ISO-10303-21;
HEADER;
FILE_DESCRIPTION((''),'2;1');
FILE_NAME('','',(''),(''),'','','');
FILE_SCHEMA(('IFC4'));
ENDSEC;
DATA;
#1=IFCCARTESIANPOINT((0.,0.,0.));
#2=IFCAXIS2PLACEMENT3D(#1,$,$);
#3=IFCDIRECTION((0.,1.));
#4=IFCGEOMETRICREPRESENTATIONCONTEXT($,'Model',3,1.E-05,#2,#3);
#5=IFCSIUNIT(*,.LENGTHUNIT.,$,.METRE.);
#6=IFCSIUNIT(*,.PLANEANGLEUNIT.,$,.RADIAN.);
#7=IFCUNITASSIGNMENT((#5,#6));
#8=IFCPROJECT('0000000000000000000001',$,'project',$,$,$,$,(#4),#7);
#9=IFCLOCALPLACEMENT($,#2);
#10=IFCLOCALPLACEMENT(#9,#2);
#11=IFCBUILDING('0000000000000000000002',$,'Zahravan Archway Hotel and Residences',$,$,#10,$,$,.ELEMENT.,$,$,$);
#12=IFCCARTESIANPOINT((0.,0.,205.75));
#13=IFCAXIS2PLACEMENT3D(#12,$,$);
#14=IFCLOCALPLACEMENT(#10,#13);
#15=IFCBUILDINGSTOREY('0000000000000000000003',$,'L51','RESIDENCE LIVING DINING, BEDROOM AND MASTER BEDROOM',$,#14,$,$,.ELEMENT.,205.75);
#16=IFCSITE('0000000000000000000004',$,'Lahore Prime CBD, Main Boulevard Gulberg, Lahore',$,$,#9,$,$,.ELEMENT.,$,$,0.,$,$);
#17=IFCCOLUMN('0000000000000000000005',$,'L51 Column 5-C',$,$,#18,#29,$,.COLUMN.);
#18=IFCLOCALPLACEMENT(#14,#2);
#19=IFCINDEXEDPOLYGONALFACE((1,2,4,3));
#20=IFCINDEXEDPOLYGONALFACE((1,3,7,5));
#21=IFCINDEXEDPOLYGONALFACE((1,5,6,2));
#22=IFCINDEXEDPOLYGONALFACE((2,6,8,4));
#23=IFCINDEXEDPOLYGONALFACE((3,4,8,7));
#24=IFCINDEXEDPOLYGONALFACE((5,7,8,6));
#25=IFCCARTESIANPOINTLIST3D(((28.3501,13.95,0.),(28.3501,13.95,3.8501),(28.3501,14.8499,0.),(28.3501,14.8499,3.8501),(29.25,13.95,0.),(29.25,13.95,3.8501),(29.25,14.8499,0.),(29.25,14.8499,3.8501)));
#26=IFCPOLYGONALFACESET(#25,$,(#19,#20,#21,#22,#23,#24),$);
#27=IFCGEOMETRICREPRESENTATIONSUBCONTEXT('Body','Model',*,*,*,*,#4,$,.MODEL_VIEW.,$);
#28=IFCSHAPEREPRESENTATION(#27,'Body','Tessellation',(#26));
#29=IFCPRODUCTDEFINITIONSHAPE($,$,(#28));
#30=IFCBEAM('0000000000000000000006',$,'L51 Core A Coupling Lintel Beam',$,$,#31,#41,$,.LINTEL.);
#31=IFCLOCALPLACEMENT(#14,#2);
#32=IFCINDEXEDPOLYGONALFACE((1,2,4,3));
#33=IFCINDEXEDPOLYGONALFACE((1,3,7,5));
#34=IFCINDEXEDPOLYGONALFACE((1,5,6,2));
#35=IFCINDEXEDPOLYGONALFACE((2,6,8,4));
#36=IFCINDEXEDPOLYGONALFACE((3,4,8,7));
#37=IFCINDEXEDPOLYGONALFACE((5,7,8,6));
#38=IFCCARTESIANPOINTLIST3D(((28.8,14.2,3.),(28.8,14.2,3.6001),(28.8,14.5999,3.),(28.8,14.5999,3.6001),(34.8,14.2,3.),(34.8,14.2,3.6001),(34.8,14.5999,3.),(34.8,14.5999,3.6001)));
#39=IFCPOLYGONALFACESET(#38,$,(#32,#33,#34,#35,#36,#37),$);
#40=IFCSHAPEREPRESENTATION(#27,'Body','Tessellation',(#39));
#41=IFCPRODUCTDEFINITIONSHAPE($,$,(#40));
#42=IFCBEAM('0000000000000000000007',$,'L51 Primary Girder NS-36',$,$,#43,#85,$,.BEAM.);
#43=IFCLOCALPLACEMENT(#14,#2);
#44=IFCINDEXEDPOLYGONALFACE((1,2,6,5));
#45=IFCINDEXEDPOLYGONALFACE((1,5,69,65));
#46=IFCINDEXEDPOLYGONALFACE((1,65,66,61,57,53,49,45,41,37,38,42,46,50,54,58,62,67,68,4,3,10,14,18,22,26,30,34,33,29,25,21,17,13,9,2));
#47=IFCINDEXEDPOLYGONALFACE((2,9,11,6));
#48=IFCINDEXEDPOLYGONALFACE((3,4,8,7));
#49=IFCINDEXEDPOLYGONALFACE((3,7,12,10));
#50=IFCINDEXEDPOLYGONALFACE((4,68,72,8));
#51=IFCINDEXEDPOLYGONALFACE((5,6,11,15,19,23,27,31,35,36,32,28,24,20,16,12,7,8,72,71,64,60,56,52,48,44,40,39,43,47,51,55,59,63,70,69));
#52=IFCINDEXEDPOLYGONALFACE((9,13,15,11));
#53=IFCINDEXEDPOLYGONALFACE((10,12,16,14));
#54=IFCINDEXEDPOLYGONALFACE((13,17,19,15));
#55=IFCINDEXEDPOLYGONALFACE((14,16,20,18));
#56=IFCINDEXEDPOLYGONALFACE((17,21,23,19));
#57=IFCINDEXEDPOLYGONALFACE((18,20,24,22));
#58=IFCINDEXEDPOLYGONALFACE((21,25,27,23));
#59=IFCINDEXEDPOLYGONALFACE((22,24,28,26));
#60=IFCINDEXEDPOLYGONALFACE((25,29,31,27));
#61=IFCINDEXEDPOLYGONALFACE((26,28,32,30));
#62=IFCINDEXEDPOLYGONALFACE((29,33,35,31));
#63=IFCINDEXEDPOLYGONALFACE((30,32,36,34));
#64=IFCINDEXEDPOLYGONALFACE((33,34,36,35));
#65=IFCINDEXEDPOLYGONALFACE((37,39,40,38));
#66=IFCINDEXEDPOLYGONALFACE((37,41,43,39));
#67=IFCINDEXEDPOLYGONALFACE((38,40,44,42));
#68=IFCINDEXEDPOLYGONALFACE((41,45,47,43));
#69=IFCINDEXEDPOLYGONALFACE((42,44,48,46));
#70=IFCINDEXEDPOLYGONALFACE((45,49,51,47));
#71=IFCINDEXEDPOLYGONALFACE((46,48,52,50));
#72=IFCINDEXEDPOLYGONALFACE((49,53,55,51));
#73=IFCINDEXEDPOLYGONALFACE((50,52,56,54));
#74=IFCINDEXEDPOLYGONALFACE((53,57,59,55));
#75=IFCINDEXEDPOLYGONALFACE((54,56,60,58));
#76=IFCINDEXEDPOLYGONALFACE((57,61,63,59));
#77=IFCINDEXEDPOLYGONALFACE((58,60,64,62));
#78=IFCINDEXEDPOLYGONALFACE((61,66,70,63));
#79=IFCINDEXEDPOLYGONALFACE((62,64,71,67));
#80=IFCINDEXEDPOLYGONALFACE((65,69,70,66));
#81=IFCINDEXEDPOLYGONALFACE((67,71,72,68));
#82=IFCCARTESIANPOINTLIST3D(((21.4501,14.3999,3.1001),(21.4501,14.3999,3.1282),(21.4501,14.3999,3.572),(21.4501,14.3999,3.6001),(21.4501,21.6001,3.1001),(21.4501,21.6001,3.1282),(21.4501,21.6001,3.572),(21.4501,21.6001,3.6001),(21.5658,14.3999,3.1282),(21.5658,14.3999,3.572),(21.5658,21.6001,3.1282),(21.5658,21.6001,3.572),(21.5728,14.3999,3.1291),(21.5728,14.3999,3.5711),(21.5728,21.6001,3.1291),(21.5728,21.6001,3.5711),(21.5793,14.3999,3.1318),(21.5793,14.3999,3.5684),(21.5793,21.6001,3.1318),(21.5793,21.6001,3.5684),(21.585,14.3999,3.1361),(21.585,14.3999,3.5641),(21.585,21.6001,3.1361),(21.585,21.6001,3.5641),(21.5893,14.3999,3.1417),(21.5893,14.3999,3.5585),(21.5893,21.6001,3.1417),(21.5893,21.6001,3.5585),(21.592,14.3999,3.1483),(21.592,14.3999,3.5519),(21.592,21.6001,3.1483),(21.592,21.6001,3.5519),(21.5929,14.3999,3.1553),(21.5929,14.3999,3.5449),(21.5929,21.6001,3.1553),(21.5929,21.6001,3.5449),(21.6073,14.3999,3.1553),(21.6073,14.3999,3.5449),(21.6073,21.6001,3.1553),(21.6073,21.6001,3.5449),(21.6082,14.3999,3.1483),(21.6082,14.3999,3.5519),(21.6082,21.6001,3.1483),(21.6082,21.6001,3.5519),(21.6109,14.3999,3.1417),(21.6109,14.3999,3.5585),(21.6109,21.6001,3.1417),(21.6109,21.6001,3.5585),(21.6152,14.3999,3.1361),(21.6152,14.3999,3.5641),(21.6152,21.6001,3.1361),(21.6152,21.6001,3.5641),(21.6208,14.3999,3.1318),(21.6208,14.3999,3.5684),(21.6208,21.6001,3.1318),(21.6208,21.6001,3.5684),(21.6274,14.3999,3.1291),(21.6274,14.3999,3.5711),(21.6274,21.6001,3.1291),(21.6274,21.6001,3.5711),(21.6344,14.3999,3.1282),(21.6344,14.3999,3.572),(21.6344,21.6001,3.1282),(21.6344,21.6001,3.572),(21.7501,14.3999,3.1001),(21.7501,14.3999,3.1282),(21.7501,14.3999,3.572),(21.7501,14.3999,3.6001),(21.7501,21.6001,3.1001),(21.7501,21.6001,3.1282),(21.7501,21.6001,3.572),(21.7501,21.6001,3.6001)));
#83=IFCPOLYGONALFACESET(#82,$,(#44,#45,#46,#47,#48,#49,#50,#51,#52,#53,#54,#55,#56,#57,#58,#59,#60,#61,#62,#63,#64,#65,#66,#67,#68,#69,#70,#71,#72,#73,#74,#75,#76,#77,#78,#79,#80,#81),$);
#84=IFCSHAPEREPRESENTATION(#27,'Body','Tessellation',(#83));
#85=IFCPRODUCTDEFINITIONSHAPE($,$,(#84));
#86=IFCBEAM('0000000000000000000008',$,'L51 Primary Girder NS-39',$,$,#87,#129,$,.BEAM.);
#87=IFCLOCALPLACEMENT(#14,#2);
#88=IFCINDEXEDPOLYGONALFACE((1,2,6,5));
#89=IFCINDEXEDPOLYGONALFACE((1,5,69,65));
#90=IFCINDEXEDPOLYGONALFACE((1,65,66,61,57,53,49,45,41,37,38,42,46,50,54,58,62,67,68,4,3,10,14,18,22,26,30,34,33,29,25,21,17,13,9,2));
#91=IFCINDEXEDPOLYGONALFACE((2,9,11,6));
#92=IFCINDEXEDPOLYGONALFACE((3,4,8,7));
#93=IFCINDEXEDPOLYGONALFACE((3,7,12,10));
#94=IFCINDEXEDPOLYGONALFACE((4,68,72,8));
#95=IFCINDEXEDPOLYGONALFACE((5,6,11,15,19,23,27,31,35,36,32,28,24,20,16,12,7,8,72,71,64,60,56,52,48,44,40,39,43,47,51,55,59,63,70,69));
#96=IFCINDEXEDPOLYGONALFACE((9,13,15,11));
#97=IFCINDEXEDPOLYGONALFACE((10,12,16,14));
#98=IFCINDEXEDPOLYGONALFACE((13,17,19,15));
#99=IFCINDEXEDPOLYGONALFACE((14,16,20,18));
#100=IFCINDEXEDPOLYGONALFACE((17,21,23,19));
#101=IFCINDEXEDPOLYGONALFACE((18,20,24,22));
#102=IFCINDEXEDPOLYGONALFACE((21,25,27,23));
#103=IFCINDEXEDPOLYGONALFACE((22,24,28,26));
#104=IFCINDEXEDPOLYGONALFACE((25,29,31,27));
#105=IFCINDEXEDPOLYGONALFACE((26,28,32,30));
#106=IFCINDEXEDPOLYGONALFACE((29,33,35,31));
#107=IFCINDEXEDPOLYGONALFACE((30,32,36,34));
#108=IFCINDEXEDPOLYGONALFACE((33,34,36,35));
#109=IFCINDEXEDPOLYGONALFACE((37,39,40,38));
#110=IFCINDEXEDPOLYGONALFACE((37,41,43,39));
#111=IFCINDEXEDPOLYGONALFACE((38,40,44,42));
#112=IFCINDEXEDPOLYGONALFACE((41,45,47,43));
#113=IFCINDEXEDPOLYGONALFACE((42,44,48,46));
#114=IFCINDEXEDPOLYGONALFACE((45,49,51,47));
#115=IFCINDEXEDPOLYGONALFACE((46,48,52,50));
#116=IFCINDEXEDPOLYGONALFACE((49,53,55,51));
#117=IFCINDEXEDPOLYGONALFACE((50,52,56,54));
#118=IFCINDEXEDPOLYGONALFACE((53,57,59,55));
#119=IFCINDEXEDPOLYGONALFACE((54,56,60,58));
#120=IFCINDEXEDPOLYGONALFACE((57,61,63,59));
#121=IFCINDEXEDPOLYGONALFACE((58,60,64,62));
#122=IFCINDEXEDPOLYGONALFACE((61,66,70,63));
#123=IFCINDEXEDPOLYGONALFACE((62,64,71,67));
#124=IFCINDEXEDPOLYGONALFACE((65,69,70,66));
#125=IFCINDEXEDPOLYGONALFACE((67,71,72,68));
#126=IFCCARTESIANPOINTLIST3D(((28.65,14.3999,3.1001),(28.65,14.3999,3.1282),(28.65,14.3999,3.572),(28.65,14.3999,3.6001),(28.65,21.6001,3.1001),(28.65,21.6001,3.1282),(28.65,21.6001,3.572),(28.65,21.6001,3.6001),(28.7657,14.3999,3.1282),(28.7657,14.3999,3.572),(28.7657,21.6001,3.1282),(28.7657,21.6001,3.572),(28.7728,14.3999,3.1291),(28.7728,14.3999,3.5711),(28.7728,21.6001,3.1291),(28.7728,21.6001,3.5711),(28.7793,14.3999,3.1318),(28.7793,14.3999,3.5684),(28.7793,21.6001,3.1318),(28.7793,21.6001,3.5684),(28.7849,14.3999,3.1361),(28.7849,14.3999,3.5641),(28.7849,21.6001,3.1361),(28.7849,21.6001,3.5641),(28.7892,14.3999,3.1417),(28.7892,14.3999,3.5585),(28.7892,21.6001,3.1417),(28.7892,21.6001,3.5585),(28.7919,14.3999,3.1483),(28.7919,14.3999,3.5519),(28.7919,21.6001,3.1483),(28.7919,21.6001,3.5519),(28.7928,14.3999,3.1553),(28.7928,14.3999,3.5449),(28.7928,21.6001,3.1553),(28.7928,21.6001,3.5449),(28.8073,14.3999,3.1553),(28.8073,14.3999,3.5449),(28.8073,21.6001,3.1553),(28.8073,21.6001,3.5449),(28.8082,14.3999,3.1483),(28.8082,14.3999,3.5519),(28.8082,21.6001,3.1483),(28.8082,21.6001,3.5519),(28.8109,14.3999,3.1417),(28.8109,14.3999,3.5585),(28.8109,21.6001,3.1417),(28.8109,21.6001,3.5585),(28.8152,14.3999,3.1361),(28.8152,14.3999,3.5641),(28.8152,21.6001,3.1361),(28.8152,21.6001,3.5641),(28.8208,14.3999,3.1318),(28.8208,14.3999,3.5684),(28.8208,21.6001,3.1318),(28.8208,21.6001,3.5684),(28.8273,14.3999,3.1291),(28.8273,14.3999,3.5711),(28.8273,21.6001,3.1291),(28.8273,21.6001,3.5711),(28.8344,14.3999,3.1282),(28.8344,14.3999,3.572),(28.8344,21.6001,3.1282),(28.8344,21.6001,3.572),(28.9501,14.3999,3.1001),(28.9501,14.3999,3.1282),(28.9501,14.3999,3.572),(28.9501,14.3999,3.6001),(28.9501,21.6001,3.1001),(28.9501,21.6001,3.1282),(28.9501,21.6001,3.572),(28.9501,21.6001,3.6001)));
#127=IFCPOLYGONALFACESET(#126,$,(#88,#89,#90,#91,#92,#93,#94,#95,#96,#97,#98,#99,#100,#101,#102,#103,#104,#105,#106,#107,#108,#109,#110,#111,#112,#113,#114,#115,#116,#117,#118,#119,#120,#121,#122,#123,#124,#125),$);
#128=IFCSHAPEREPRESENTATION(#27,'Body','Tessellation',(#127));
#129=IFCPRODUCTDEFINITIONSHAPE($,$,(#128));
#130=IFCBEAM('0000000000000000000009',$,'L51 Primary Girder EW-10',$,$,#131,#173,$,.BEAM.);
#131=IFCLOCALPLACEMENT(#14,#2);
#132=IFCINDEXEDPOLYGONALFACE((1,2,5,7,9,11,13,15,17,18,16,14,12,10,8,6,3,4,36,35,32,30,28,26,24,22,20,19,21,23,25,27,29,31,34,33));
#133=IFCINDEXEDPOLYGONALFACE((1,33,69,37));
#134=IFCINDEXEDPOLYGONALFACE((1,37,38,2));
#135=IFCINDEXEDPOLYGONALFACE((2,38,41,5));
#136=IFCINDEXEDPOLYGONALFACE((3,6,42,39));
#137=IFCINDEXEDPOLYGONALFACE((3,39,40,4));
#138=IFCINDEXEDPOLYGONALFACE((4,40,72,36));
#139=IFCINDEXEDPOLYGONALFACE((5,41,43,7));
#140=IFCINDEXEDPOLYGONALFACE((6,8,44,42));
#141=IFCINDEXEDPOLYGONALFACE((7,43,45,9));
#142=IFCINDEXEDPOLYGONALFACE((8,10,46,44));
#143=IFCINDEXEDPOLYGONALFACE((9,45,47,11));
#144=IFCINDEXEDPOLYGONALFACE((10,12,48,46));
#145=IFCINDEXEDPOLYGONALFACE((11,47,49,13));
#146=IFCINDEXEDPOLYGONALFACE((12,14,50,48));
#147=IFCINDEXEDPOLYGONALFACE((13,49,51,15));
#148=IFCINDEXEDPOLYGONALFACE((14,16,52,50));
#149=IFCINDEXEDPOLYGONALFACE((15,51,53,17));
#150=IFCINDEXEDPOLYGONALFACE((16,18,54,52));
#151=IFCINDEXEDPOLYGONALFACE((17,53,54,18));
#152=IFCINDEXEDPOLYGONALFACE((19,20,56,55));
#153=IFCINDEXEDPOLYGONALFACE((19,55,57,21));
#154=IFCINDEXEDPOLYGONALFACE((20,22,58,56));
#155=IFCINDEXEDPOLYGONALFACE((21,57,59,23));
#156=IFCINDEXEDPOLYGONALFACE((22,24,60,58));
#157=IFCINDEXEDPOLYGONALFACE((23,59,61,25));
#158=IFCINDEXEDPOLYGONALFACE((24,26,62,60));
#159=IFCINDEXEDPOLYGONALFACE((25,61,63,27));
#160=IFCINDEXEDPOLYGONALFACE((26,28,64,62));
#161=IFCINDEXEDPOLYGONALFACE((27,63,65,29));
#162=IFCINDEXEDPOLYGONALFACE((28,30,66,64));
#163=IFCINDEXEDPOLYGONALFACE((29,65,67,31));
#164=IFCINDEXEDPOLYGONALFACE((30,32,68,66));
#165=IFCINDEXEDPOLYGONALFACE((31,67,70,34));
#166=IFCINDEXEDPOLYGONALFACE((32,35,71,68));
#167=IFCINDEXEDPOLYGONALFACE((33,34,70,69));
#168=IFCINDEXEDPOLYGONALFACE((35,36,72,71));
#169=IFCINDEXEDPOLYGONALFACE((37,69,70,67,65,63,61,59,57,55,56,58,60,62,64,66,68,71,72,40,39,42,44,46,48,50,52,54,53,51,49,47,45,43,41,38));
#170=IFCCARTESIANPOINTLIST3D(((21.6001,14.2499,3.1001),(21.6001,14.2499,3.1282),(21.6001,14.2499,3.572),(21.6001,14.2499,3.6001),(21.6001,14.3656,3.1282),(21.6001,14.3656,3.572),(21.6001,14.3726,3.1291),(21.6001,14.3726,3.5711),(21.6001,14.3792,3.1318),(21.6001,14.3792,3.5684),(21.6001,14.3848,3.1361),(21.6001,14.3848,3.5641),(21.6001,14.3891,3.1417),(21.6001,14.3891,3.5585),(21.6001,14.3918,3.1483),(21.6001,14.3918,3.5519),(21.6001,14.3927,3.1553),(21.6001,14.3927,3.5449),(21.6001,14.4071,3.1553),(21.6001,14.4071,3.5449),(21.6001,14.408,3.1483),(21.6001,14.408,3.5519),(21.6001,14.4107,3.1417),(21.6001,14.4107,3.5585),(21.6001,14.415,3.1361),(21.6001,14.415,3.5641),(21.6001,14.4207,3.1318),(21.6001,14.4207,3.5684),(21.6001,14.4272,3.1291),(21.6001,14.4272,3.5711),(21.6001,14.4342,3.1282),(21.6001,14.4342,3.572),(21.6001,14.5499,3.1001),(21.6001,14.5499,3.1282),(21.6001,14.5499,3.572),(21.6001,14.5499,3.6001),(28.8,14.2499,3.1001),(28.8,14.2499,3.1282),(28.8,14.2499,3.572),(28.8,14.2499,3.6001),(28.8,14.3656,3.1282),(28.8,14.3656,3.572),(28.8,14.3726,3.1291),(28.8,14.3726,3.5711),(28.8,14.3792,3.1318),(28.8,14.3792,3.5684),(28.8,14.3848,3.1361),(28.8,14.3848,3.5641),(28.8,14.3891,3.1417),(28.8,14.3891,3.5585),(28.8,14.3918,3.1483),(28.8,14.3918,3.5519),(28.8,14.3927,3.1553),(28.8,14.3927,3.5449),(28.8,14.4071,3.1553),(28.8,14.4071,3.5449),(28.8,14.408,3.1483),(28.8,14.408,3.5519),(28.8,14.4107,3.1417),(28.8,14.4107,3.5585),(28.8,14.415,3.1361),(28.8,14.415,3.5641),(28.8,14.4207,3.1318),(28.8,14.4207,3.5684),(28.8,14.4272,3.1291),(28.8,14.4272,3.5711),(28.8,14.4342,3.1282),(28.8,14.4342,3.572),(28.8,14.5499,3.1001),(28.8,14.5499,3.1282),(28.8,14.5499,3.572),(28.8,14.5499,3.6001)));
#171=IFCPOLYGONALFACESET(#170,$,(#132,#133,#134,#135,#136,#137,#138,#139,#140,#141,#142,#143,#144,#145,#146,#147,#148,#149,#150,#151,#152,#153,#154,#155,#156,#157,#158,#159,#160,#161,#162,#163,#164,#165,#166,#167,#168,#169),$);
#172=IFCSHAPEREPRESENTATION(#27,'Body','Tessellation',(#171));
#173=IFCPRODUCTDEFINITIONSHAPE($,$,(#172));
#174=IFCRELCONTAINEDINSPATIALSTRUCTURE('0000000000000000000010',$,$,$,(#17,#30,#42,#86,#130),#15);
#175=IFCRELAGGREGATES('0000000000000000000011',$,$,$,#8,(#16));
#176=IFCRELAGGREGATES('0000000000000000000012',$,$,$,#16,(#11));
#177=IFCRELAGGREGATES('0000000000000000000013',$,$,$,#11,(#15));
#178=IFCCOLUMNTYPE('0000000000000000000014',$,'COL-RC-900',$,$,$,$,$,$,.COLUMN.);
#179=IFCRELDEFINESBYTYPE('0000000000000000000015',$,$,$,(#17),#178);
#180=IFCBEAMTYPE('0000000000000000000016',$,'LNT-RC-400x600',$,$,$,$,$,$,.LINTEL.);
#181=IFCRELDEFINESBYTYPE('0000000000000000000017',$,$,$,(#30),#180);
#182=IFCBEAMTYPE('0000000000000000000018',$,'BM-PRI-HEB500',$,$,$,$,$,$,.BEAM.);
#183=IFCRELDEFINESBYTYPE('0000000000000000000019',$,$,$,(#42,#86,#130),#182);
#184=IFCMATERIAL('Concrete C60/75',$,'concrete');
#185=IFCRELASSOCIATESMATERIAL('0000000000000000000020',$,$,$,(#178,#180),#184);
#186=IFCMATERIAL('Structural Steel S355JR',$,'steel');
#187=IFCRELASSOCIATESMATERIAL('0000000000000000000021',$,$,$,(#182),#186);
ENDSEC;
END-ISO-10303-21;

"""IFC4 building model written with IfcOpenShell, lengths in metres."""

from ifc_helpers import new_model, si_unit, direction, frame, origin, origin_2d, place, context, subcontext, project, spatial, rectangle, i_section, extrude, source, transform, mapped, material, material_profile, profile_set, type_object, type_shapes, element, save


model = new_model("IFC4")

# Units and contexts
model_context = context("Model", 3, precision=1e-05, world=origin(), true_north=direction((0.0, 1.0)))
body_context = subcontext(model_context, "Body", "Model", "MODEL_VIEW")
ifc_project = project(units=[si_unit("LENGTHUNIT", "METRE"), si_unit("PLANEANGLEUNIT", "RADIAN")], contexts=[model_context])

# Site, building, storey
site_placement = place(None, origin())
site = spatial("IfcSite", under=ifc_project, at=site_placement, Name="Lahore Prime CBD, Main Boulevard Gulberg, Lahore", CompositionType="ELEMENT", RefElevation=0.0)
building_placement = place(site_placement, origin())
building = spatial("IfcBuilding", under=site, at=building_placement, Name="Zahravan Archway Hotel and Residences", CompositionType="ELEMENT")
storey_placement = place(building_placement, frame((0.0, 0.0, 205.75)))
storey = spatial("IfcBuildingStorey", under=building, at=storey_placement, Name="L51", Description="RESIDENCE LIVING DINING, BEDROOM AND MASTER BEDROOM", CompositionType="ELEMENT", Elevation=205.75)

# Column
ifc_material_1 = material(Name="Concrete C60/75", Category="concrete")
ifc_material_profile_1 = material_profile(ifc_material_1, rectangle(XDim=0.8999, YDim=0.8999, at=origin_2d()), Name="RC-COL-900x900", Category="concrete")
ifc_profile_set_1 = profile_set([ifc_material_profile_1], Name="Concrete C60/75")
column_type = type_object("IfcColumnType", Name="COL-RC-900", PredefinedType="COLUMN", material=ifc_profile_set_1)
shared_shape_1 = source(origin(), body_context, "Body", "SweptSolid", [
    extrude(rectangle(XDim=0.8999, YDim=0.8999, at=origin_2d()), origin(), (0.0, 0.0, 1.0), 3.8501),
])
type_shapes(column_type, [shared_shape_1])
column_placement = place(storey_placement, frame((28.8, 14.3999, 0.0), z_axis=(0.0, 0.0, 1.0), x_axis=(1.0, 0.0, 0.0)))
element("IfcColumn", 1, at=column_placement, inside=storey, type_object=column_type, Name="L51 Column 5-C", PredefinedType="COLUMN", context=body_context, shape_type="MappedRepresentation", body=[
    mapped(shared_shape_1, transform((0.0, 0.0, 0.0), scale=1.0)),
])

# Beams
ifc_material_profile_2 = material_profile(ifc_material_1, rectangle(XDim=0.3999, YDim=0.6001, at=origin_2d()), Name="RC-LNT-400x600", Category="concrete")
ifc_profile_set_2 = profile_set([ifc_material_profile_2], Name="Concrete C60/75")
beam_type_1 = type_object("IfcBeamType", Name="LNT-RC-400x600", PredefinedType="LINTEL", material=ifc_profile_set_2)
shared_shape_2 = source(origin(), body_context, "Body", "SweptSolid", [
    extrude(rectangle(XDim=0.3999, YDim=0.6001, at=origin_2d()), origin(), (0.0, 0.0, 1.0), 6.0),
])
type_shapes(beam_type_1, [shared_shape_2])
beam_1_placement = place(storey_placement, frame((28.8, 14.3999, 3.3), z_axis=(1.0, 0.0, 0.0), x_axis=(0.0, 1.0, 0.0)))
element("IfcBeam", 2, at=beam_1_placement, inside=storey, type_object=beam_type_1, Name="L51 Core A Coupling Lintel Beam", PredefinedType="LINTEL", context=body_context, shape_type="MappedRepresentation", body=[
    mapped(shared_shape_2, transform((0.0, 0.0, 0.0), scale=1.0)),
])
ifc_material_2 = material(Name="Structural Steel S355JR", Category="steel")
ifc_material_profile_3 = material_profile(ifc_material_2, i_section(OverallWidth=0.3, OverallDepth=0.5, WebThickness=0.0144, FlangeThickness=0.0281, FilletRadius=0.0271, at=origin_2d()), Name="HEB 500", Category="steel")
ifc_profile_set_3 = profile_set([ifc_material_profile_3], Name="Structural Steel S355JR")
beam_type_2 = type_object("IfcBeamType", Name="BM-PRI-HEB500", PredefinedType="BEAM", material=ifc_profile_set_3)
shared_shape_3 = source(origin(), body_context, "Body", "SweptSolid", [
    extrude(i_section(OverallWidth=0.3, OverallDepth=0.5, WebThickness=0.0144, FlangeThickness=0.0281, FilletRadius=0.0271, at=origin_2d()), origin(), (0.0, 0.0, 1.0), 7.2002),
])
type_shapes(beam_type_2, [shared_shape_3])
for number, where, z_axis, x_axis, name in (
    (3, (21.6001, 14.3999, 3.3501), (0.0, 1.0, 0.0), (-1.0, 0.0, 0.0), "L51 Primary Girder NS-36"),
    (4, (28.8, 14.3999, 3.3501), (0.0, 1.0, 0.0), (-1.0, 0.0, 0.0), "L51 Primary Girder NS-39"),
):
    element("IfcBeam", number, at=place(storey_placement, frame(where, z_axis=z_axis, x_axis=x_axis)), inside=storey, type_object=beam_type_2, Name=name, PredefinedType="BEAM", context=body_context, shape_type="MappedRepresentation", body=[
        mapped(shared_shape_3, transform((0.0, 0.0, 0.0), scale=1.0)),
    ])
shared_shape_4 = source(origin(), body_context, "Body", "SweptSolid", [
    extrude(i_section(OverallWidth=0.3, OverallDepth=0.5, WebThickness=0.0144, FlangeThickness=0.0281, FilletRadius=0.0271, at=origin_2d()), origin(), (0.0, 0.0, 1.0), 7.2),
])
beam_2_placement = place(storey_placement, frame((21.6001, 14.3999, 3.3501), z_axis=(1.0, 0.0, 0.0), x_axis=(0.0, 1.0, 0.0)))
element("IfcBeam", 5, at=beam_2_placement, inside=storey, type_object=beam_type_2, Name="L51 Primary Girder EW-10", PredefinedType="BEAM", context=body_context, shape_type="MappedRepresentation", body=[
    mapped(shared_shape_4, transform((0.0, 0.0, 0.0), scale=1.0)),
])

save(model, "model.ifc")
